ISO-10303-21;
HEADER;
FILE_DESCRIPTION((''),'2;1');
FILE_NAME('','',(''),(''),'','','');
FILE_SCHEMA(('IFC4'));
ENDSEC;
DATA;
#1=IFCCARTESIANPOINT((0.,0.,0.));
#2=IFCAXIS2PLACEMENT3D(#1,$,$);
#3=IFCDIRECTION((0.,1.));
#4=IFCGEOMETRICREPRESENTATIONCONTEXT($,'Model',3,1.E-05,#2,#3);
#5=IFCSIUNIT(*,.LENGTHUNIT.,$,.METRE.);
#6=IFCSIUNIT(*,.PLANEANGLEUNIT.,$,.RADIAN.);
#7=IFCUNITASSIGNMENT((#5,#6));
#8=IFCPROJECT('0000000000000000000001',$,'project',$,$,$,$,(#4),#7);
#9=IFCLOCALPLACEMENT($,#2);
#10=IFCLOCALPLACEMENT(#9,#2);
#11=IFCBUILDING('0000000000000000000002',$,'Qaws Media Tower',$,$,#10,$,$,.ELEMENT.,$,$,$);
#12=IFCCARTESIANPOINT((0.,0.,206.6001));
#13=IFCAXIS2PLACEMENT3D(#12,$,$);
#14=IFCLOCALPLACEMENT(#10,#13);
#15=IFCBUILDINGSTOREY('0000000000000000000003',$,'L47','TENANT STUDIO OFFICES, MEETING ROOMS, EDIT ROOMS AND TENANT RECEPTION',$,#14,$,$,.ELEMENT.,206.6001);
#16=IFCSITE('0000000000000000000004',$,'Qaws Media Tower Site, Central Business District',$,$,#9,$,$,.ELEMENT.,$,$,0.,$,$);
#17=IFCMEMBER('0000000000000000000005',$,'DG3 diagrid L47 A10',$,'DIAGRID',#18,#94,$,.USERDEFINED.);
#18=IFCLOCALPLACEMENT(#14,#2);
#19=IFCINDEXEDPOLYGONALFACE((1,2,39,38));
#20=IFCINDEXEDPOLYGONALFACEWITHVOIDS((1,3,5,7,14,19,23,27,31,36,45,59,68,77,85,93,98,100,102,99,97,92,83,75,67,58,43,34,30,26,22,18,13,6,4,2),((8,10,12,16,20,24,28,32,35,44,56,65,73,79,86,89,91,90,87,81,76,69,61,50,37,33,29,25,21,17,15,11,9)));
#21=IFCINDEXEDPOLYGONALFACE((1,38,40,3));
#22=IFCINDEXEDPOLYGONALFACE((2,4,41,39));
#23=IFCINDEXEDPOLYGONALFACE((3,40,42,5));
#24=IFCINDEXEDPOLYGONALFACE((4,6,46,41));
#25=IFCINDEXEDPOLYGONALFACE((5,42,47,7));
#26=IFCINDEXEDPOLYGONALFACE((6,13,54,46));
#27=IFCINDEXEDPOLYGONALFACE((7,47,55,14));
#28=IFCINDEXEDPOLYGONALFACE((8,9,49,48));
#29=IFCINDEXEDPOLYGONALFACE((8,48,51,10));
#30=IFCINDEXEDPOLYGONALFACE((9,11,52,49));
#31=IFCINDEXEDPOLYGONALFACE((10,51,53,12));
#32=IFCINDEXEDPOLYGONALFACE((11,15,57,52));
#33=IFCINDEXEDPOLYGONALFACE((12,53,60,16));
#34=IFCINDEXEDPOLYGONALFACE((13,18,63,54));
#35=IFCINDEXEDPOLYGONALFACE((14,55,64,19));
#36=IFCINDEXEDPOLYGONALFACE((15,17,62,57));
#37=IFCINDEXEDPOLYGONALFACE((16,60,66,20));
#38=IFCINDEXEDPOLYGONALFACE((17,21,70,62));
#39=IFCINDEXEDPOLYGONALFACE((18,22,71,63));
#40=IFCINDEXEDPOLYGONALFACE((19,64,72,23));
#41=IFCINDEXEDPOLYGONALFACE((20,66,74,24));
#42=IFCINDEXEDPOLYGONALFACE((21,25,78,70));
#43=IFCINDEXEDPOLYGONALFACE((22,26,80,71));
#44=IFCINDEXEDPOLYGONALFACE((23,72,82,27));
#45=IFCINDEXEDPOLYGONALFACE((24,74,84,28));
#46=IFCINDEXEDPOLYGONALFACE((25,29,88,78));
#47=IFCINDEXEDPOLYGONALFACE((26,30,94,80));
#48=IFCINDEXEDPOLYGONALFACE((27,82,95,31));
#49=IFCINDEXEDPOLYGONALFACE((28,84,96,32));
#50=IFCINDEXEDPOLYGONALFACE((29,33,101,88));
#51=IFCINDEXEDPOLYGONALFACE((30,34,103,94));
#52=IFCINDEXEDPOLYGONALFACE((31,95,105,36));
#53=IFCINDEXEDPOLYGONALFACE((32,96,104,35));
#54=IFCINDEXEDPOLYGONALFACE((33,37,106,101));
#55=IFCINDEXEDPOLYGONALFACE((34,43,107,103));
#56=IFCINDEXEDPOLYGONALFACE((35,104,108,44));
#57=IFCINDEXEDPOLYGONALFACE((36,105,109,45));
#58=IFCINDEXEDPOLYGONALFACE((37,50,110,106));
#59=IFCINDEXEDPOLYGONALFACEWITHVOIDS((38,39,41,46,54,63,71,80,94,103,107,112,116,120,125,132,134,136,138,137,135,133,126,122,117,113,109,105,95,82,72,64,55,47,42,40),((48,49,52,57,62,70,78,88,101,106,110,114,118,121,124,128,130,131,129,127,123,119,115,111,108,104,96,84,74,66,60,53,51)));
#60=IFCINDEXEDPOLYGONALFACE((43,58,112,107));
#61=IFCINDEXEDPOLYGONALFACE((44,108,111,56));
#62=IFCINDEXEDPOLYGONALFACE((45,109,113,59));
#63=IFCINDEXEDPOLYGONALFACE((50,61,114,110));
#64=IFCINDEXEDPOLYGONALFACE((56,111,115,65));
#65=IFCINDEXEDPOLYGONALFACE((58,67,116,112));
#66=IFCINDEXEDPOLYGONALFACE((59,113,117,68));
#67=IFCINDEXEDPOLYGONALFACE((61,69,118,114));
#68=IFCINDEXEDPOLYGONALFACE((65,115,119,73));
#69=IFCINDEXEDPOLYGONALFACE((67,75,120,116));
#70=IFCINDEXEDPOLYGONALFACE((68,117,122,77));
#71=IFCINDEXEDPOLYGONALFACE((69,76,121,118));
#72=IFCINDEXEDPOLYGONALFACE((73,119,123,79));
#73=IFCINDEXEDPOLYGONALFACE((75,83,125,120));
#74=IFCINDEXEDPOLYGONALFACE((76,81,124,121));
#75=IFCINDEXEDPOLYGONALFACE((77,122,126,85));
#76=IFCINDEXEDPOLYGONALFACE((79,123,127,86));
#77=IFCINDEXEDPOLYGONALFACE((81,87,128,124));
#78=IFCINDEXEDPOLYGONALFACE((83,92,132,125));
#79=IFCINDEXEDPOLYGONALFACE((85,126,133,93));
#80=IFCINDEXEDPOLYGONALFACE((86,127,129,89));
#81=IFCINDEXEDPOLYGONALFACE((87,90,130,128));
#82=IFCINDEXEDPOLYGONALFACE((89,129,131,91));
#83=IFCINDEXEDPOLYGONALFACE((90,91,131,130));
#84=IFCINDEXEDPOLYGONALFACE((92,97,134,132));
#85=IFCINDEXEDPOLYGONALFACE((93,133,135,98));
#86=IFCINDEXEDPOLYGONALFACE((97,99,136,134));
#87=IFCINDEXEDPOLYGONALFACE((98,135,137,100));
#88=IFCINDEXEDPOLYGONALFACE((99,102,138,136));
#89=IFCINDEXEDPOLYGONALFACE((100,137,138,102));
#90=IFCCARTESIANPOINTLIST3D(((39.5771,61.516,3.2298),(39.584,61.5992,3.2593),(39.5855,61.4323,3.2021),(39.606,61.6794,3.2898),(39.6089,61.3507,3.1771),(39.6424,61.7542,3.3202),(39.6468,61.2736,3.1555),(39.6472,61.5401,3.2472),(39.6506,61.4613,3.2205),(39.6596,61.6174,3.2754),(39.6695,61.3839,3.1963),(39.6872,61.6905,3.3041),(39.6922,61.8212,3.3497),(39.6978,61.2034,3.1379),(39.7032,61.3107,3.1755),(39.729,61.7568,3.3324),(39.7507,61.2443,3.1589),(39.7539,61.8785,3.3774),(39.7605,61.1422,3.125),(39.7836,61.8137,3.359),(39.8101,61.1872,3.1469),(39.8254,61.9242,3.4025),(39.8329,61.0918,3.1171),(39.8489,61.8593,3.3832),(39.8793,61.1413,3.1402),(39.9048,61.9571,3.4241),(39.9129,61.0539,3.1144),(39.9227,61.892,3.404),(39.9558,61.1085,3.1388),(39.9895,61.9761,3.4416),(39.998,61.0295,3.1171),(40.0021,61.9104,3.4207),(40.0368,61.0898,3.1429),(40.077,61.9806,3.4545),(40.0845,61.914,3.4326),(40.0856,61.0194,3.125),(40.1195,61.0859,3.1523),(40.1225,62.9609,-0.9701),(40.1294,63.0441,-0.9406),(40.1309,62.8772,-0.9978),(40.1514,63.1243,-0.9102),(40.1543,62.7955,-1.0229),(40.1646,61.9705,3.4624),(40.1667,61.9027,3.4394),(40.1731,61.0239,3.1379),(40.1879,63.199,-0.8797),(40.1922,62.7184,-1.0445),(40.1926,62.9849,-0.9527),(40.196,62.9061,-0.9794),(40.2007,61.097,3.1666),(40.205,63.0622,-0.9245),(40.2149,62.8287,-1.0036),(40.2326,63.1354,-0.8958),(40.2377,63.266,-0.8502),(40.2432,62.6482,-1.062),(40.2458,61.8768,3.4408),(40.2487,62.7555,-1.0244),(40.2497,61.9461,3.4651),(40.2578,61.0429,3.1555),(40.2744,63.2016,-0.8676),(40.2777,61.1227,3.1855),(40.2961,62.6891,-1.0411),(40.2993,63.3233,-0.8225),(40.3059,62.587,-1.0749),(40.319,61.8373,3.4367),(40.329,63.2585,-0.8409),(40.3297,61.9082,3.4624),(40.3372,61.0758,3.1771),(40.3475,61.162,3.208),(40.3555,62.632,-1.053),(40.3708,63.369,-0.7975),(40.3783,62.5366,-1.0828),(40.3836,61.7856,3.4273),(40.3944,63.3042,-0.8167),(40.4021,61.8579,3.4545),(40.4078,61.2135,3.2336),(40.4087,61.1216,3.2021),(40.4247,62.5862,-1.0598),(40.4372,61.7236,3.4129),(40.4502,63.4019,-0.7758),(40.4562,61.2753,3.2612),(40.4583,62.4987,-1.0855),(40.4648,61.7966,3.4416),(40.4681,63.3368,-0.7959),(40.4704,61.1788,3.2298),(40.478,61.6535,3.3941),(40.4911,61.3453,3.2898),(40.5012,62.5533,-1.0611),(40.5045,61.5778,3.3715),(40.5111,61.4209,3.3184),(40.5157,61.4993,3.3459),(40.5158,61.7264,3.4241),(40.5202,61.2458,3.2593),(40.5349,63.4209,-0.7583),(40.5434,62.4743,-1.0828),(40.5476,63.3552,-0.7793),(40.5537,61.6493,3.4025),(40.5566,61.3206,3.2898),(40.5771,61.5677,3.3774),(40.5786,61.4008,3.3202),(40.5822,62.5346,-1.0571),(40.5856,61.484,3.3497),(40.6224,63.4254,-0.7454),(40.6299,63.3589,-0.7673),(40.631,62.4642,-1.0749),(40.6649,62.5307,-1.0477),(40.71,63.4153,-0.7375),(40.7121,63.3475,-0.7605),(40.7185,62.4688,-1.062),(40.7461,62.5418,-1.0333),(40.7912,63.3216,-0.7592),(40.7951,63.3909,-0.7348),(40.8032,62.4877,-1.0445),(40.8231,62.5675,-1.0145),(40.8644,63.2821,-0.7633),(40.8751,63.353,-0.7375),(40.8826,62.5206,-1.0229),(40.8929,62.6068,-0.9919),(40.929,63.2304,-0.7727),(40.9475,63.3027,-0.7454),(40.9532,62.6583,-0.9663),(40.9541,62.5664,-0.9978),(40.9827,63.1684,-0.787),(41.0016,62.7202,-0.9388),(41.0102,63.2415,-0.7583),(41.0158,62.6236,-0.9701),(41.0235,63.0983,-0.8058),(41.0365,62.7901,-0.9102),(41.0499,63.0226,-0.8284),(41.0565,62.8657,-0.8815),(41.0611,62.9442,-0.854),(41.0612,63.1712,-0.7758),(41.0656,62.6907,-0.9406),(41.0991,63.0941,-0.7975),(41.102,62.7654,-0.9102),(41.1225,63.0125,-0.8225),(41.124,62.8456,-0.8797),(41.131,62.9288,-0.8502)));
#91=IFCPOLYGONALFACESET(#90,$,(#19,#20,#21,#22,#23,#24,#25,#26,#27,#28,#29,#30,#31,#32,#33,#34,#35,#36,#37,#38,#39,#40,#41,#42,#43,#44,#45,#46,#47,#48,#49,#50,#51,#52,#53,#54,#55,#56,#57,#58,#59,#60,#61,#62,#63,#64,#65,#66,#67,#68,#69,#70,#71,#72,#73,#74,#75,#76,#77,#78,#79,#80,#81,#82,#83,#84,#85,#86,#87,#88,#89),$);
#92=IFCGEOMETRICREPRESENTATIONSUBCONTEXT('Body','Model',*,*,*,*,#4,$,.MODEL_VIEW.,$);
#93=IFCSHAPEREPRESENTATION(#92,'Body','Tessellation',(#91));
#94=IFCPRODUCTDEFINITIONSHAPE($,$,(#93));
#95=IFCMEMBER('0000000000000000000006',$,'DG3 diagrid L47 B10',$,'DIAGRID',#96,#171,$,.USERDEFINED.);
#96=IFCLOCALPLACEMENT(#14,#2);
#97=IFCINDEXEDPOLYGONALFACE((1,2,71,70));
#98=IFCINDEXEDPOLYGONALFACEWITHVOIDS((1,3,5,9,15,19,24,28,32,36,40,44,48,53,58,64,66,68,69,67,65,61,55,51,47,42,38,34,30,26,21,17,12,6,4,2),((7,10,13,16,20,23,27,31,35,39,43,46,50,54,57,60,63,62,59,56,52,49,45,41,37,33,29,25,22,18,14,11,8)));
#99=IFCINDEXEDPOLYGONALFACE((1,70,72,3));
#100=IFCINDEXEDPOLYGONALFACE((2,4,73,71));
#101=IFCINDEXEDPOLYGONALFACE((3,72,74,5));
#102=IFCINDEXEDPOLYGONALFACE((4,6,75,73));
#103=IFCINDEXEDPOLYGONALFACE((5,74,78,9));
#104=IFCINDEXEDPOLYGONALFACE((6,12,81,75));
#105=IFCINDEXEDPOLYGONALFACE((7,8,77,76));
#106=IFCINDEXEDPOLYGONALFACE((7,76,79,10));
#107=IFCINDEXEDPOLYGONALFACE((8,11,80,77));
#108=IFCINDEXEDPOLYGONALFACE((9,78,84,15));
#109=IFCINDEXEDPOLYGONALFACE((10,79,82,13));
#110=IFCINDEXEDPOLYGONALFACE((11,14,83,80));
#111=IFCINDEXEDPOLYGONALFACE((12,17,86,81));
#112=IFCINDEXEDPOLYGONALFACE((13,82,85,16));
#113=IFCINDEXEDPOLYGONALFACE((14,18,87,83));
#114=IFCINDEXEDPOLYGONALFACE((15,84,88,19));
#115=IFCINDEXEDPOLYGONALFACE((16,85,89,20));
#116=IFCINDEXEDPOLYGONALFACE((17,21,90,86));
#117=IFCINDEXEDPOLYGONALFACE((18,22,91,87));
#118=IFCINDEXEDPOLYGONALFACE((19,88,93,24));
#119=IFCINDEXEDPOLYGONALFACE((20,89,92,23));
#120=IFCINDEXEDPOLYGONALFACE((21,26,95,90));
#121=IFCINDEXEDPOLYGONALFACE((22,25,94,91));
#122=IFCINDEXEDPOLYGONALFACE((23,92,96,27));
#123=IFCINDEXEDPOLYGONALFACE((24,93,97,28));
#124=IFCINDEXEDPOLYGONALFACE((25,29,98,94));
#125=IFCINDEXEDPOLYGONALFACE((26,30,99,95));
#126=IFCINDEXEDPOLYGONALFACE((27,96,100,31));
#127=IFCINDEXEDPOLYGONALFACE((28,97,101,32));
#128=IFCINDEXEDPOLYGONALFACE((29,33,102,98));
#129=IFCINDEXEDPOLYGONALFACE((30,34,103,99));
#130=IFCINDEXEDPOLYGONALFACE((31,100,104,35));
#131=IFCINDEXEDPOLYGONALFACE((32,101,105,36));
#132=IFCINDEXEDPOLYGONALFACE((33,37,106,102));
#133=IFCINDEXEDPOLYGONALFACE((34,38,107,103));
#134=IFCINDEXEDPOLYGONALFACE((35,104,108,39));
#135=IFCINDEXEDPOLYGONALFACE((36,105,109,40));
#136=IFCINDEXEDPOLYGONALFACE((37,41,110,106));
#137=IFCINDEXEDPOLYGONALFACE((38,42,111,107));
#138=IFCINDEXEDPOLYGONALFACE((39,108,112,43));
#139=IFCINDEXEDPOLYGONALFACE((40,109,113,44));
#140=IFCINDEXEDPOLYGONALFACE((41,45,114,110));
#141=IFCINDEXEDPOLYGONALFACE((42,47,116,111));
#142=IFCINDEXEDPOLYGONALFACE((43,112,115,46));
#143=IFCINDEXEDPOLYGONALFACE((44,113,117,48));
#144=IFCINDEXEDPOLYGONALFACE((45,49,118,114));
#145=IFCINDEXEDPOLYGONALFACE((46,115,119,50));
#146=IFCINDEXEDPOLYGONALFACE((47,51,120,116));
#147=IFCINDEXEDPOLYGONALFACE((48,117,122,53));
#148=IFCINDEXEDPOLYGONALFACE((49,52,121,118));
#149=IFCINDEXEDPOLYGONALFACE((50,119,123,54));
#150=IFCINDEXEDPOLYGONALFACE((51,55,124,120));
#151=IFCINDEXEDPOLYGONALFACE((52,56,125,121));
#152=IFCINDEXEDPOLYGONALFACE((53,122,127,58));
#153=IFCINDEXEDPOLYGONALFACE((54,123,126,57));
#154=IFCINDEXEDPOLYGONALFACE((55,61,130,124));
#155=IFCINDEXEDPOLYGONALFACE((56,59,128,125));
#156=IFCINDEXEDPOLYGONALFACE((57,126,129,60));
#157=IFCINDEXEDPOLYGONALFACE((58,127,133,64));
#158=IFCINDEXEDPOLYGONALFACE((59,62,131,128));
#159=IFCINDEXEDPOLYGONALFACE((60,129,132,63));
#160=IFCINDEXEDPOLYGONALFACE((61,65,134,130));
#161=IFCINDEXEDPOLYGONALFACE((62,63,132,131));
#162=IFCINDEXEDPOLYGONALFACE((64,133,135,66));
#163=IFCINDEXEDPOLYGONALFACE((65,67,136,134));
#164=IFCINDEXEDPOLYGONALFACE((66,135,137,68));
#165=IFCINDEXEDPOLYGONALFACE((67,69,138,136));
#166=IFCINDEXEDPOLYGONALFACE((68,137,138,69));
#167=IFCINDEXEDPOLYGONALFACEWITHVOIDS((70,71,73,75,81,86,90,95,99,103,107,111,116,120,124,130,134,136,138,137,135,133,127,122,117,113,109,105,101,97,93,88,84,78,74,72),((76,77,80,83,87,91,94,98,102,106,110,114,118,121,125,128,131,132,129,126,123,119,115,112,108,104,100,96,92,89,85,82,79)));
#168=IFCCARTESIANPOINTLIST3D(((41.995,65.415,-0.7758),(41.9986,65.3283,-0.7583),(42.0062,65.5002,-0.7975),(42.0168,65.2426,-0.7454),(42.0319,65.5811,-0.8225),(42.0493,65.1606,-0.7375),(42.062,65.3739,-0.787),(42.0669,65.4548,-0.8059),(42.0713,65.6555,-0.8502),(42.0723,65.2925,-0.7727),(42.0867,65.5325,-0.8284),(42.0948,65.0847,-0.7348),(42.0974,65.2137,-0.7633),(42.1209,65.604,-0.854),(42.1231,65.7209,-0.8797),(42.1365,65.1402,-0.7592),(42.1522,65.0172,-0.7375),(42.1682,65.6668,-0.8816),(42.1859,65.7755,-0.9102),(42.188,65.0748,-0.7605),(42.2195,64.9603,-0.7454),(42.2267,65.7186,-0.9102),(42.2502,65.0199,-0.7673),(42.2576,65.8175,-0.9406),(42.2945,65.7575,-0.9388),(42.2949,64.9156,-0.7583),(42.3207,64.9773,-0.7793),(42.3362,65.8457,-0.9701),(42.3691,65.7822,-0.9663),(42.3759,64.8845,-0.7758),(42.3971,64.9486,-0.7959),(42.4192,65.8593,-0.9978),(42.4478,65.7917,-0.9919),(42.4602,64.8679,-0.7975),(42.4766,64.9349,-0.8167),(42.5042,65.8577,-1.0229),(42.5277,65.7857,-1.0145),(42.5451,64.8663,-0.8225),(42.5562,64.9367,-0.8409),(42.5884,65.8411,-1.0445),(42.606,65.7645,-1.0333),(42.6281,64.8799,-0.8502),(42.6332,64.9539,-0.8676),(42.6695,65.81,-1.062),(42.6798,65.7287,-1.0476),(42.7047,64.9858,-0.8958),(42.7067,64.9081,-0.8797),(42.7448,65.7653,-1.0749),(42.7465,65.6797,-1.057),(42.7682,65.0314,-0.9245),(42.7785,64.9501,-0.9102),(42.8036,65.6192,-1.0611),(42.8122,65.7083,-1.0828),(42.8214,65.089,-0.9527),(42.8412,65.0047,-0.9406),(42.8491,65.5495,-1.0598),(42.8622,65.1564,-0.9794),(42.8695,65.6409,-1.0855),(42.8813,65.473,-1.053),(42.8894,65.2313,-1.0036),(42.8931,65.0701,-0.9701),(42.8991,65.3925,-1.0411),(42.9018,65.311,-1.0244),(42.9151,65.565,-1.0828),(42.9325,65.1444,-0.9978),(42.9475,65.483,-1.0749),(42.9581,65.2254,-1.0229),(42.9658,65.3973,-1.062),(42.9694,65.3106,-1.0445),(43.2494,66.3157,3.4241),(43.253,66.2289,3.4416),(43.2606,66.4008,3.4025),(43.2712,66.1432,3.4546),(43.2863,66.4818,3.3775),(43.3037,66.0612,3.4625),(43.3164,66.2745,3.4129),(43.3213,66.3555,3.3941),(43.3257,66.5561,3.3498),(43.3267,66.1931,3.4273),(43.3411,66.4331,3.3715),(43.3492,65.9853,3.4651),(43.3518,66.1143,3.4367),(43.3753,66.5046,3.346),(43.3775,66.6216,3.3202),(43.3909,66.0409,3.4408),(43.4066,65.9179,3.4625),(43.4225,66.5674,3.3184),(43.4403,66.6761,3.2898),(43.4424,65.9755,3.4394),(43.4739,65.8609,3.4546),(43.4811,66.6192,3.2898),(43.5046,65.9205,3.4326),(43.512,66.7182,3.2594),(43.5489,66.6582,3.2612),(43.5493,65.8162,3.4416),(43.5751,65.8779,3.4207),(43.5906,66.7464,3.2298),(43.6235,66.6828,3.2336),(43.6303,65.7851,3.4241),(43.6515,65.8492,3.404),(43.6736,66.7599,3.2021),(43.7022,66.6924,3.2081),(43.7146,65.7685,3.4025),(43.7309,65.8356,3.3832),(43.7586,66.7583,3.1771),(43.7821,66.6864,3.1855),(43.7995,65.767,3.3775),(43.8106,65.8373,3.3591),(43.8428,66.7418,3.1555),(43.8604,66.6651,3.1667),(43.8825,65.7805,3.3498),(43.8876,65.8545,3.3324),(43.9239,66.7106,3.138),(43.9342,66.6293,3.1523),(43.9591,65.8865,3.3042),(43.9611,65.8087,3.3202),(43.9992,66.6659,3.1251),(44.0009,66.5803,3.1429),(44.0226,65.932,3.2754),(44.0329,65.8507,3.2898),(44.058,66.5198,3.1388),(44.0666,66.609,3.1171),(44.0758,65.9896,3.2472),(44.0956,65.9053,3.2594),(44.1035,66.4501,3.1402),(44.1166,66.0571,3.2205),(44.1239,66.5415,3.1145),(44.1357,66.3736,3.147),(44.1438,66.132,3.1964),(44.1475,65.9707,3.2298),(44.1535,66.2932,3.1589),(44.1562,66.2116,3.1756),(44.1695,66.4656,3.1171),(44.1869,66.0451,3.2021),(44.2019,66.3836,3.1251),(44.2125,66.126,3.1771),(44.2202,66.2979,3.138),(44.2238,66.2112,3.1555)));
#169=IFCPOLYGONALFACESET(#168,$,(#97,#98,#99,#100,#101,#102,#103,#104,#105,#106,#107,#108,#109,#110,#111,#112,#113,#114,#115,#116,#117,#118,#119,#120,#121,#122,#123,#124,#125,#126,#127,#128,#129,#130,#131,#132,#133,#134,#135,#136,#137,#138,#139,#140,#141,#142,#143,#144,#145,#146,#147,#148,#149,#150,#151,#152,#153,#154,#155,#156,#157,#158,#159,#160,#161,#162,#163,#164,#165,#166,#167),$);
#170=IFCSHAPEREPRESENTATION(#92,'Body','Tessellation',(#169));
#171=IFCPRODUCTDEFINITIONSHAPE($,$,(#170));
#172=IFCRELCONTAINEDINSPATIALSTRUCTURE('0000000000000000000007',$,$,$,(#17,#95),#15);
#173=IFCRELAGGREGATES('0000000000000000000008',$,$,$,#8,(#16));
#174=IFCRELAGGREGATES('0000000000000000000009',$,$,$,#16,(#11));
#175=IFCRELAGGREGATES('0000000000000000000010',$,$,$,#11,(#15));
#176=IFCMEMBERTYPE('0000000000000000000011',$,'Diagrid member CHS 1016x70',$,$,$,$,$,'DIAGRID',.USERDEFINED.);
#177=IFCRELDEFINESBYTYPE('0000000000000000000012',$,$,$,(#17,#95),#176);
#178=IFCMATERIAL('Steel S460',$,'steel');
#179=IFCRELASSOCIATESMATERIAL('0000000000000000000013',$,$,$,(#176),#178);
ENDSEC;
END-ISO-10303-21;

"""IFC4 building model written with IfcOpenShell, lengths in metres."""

from ifc_helpers import new_model, si_unit, direction, frame, origin, origin_2d, place, context, subcontext, project, spatial, hollow_circle, extrude, material, material_profile, profile_set, type_object, element, save


model = new_model("IFC4")

# Units and contexts
model_context = context("Model", 3, precision=1e-05, world=origin(), true_north=direction((0.0, 1.0)))
body_context = subcontext(model_context, "Body", "Model", "MODEL_VIEW")
ifc_project = project(units=[si_unit("LENGTHUNIT", "METRE"), si_unit("PLANEANGLEUNIT", "RADIAN")], contexts=[model_context])

# Site, building, storey
site_placement = place(None, origin())
site = spatial("IfcSite", under=ifc_project, at=site_placement, Name="Qaws Media Tower Site, Central Business District", CompositionType="ELEMENT", RefElevation=0.0)
building_placement = place(site_placement, origin())
building = spatial("IfcBuilding", under=site, at=building_placement, Name="Qaws Media Tower", CompositionType="ELEMENT")
storey_placement = place(building_placement, frame((0.0, 0.0, 206.6001)))
storey = spatial("IfcBuildingStorey", under=building, at=storey_placement, Name="L47", Description="TENANT STUDIO OFFICES, MEETING ROOMS, EDIT ROOMS AND TENANT RECEPTION", CompositionType="ELEMENT", Elevation=206.6001)

# Members
ifc_material_1 = material(Name="Steel S460", Category="steel")
ifc_material_profile_1 = material_profile(ifc_material_1, hollow_circle(Radius=0.5081, WallThickness=0.0701, at=origin_2d()), Name="CHS 1016x70")
ifc_profile_set_1 = profile_set([ifc_material_profile_1], Name="Steel S460")
member_type_1 = type_object("IfcMemberType", Name="Diagrid member CHS 1016x70", ElementType="DIAGRID", PredefinedType="USERDEFINED", material=ifc_profile_set_1)
for number, where, z_axis, x_axis, name in (
    (1, (40.6267, 62.9448, -0.9102), (-0.121883, -0.322874, 0.938561), (0.93556, -0.353167, 0.0), "DG3 diagrid L47 A10"),
    (2, (42.4822, 65.3628, -0.9102), (0.280321, 0.201266, 0.938569), (-0.583226, 0.81231, 0.0), "DG3 diagrid L47 B10"),
):
    element("IfcMember", number, at=place(storey_placement, frame(where, z_axis=z_axis, x_axis=x_axis)), inside=storey, type_object=member_type_1, Name=name, ObjectType="DIAGRID", PredefinedType="USERDEFINED", context=body_context, shape_type="SweptSolid", body=[
        extrude(hollow_circle(Radius=0.5081, WallThickness=0.0701, at=origin_2d()), origin(), (0.0, 0.0, 1.0), 4.4749),
    ])

save(model, "model.ifc")
